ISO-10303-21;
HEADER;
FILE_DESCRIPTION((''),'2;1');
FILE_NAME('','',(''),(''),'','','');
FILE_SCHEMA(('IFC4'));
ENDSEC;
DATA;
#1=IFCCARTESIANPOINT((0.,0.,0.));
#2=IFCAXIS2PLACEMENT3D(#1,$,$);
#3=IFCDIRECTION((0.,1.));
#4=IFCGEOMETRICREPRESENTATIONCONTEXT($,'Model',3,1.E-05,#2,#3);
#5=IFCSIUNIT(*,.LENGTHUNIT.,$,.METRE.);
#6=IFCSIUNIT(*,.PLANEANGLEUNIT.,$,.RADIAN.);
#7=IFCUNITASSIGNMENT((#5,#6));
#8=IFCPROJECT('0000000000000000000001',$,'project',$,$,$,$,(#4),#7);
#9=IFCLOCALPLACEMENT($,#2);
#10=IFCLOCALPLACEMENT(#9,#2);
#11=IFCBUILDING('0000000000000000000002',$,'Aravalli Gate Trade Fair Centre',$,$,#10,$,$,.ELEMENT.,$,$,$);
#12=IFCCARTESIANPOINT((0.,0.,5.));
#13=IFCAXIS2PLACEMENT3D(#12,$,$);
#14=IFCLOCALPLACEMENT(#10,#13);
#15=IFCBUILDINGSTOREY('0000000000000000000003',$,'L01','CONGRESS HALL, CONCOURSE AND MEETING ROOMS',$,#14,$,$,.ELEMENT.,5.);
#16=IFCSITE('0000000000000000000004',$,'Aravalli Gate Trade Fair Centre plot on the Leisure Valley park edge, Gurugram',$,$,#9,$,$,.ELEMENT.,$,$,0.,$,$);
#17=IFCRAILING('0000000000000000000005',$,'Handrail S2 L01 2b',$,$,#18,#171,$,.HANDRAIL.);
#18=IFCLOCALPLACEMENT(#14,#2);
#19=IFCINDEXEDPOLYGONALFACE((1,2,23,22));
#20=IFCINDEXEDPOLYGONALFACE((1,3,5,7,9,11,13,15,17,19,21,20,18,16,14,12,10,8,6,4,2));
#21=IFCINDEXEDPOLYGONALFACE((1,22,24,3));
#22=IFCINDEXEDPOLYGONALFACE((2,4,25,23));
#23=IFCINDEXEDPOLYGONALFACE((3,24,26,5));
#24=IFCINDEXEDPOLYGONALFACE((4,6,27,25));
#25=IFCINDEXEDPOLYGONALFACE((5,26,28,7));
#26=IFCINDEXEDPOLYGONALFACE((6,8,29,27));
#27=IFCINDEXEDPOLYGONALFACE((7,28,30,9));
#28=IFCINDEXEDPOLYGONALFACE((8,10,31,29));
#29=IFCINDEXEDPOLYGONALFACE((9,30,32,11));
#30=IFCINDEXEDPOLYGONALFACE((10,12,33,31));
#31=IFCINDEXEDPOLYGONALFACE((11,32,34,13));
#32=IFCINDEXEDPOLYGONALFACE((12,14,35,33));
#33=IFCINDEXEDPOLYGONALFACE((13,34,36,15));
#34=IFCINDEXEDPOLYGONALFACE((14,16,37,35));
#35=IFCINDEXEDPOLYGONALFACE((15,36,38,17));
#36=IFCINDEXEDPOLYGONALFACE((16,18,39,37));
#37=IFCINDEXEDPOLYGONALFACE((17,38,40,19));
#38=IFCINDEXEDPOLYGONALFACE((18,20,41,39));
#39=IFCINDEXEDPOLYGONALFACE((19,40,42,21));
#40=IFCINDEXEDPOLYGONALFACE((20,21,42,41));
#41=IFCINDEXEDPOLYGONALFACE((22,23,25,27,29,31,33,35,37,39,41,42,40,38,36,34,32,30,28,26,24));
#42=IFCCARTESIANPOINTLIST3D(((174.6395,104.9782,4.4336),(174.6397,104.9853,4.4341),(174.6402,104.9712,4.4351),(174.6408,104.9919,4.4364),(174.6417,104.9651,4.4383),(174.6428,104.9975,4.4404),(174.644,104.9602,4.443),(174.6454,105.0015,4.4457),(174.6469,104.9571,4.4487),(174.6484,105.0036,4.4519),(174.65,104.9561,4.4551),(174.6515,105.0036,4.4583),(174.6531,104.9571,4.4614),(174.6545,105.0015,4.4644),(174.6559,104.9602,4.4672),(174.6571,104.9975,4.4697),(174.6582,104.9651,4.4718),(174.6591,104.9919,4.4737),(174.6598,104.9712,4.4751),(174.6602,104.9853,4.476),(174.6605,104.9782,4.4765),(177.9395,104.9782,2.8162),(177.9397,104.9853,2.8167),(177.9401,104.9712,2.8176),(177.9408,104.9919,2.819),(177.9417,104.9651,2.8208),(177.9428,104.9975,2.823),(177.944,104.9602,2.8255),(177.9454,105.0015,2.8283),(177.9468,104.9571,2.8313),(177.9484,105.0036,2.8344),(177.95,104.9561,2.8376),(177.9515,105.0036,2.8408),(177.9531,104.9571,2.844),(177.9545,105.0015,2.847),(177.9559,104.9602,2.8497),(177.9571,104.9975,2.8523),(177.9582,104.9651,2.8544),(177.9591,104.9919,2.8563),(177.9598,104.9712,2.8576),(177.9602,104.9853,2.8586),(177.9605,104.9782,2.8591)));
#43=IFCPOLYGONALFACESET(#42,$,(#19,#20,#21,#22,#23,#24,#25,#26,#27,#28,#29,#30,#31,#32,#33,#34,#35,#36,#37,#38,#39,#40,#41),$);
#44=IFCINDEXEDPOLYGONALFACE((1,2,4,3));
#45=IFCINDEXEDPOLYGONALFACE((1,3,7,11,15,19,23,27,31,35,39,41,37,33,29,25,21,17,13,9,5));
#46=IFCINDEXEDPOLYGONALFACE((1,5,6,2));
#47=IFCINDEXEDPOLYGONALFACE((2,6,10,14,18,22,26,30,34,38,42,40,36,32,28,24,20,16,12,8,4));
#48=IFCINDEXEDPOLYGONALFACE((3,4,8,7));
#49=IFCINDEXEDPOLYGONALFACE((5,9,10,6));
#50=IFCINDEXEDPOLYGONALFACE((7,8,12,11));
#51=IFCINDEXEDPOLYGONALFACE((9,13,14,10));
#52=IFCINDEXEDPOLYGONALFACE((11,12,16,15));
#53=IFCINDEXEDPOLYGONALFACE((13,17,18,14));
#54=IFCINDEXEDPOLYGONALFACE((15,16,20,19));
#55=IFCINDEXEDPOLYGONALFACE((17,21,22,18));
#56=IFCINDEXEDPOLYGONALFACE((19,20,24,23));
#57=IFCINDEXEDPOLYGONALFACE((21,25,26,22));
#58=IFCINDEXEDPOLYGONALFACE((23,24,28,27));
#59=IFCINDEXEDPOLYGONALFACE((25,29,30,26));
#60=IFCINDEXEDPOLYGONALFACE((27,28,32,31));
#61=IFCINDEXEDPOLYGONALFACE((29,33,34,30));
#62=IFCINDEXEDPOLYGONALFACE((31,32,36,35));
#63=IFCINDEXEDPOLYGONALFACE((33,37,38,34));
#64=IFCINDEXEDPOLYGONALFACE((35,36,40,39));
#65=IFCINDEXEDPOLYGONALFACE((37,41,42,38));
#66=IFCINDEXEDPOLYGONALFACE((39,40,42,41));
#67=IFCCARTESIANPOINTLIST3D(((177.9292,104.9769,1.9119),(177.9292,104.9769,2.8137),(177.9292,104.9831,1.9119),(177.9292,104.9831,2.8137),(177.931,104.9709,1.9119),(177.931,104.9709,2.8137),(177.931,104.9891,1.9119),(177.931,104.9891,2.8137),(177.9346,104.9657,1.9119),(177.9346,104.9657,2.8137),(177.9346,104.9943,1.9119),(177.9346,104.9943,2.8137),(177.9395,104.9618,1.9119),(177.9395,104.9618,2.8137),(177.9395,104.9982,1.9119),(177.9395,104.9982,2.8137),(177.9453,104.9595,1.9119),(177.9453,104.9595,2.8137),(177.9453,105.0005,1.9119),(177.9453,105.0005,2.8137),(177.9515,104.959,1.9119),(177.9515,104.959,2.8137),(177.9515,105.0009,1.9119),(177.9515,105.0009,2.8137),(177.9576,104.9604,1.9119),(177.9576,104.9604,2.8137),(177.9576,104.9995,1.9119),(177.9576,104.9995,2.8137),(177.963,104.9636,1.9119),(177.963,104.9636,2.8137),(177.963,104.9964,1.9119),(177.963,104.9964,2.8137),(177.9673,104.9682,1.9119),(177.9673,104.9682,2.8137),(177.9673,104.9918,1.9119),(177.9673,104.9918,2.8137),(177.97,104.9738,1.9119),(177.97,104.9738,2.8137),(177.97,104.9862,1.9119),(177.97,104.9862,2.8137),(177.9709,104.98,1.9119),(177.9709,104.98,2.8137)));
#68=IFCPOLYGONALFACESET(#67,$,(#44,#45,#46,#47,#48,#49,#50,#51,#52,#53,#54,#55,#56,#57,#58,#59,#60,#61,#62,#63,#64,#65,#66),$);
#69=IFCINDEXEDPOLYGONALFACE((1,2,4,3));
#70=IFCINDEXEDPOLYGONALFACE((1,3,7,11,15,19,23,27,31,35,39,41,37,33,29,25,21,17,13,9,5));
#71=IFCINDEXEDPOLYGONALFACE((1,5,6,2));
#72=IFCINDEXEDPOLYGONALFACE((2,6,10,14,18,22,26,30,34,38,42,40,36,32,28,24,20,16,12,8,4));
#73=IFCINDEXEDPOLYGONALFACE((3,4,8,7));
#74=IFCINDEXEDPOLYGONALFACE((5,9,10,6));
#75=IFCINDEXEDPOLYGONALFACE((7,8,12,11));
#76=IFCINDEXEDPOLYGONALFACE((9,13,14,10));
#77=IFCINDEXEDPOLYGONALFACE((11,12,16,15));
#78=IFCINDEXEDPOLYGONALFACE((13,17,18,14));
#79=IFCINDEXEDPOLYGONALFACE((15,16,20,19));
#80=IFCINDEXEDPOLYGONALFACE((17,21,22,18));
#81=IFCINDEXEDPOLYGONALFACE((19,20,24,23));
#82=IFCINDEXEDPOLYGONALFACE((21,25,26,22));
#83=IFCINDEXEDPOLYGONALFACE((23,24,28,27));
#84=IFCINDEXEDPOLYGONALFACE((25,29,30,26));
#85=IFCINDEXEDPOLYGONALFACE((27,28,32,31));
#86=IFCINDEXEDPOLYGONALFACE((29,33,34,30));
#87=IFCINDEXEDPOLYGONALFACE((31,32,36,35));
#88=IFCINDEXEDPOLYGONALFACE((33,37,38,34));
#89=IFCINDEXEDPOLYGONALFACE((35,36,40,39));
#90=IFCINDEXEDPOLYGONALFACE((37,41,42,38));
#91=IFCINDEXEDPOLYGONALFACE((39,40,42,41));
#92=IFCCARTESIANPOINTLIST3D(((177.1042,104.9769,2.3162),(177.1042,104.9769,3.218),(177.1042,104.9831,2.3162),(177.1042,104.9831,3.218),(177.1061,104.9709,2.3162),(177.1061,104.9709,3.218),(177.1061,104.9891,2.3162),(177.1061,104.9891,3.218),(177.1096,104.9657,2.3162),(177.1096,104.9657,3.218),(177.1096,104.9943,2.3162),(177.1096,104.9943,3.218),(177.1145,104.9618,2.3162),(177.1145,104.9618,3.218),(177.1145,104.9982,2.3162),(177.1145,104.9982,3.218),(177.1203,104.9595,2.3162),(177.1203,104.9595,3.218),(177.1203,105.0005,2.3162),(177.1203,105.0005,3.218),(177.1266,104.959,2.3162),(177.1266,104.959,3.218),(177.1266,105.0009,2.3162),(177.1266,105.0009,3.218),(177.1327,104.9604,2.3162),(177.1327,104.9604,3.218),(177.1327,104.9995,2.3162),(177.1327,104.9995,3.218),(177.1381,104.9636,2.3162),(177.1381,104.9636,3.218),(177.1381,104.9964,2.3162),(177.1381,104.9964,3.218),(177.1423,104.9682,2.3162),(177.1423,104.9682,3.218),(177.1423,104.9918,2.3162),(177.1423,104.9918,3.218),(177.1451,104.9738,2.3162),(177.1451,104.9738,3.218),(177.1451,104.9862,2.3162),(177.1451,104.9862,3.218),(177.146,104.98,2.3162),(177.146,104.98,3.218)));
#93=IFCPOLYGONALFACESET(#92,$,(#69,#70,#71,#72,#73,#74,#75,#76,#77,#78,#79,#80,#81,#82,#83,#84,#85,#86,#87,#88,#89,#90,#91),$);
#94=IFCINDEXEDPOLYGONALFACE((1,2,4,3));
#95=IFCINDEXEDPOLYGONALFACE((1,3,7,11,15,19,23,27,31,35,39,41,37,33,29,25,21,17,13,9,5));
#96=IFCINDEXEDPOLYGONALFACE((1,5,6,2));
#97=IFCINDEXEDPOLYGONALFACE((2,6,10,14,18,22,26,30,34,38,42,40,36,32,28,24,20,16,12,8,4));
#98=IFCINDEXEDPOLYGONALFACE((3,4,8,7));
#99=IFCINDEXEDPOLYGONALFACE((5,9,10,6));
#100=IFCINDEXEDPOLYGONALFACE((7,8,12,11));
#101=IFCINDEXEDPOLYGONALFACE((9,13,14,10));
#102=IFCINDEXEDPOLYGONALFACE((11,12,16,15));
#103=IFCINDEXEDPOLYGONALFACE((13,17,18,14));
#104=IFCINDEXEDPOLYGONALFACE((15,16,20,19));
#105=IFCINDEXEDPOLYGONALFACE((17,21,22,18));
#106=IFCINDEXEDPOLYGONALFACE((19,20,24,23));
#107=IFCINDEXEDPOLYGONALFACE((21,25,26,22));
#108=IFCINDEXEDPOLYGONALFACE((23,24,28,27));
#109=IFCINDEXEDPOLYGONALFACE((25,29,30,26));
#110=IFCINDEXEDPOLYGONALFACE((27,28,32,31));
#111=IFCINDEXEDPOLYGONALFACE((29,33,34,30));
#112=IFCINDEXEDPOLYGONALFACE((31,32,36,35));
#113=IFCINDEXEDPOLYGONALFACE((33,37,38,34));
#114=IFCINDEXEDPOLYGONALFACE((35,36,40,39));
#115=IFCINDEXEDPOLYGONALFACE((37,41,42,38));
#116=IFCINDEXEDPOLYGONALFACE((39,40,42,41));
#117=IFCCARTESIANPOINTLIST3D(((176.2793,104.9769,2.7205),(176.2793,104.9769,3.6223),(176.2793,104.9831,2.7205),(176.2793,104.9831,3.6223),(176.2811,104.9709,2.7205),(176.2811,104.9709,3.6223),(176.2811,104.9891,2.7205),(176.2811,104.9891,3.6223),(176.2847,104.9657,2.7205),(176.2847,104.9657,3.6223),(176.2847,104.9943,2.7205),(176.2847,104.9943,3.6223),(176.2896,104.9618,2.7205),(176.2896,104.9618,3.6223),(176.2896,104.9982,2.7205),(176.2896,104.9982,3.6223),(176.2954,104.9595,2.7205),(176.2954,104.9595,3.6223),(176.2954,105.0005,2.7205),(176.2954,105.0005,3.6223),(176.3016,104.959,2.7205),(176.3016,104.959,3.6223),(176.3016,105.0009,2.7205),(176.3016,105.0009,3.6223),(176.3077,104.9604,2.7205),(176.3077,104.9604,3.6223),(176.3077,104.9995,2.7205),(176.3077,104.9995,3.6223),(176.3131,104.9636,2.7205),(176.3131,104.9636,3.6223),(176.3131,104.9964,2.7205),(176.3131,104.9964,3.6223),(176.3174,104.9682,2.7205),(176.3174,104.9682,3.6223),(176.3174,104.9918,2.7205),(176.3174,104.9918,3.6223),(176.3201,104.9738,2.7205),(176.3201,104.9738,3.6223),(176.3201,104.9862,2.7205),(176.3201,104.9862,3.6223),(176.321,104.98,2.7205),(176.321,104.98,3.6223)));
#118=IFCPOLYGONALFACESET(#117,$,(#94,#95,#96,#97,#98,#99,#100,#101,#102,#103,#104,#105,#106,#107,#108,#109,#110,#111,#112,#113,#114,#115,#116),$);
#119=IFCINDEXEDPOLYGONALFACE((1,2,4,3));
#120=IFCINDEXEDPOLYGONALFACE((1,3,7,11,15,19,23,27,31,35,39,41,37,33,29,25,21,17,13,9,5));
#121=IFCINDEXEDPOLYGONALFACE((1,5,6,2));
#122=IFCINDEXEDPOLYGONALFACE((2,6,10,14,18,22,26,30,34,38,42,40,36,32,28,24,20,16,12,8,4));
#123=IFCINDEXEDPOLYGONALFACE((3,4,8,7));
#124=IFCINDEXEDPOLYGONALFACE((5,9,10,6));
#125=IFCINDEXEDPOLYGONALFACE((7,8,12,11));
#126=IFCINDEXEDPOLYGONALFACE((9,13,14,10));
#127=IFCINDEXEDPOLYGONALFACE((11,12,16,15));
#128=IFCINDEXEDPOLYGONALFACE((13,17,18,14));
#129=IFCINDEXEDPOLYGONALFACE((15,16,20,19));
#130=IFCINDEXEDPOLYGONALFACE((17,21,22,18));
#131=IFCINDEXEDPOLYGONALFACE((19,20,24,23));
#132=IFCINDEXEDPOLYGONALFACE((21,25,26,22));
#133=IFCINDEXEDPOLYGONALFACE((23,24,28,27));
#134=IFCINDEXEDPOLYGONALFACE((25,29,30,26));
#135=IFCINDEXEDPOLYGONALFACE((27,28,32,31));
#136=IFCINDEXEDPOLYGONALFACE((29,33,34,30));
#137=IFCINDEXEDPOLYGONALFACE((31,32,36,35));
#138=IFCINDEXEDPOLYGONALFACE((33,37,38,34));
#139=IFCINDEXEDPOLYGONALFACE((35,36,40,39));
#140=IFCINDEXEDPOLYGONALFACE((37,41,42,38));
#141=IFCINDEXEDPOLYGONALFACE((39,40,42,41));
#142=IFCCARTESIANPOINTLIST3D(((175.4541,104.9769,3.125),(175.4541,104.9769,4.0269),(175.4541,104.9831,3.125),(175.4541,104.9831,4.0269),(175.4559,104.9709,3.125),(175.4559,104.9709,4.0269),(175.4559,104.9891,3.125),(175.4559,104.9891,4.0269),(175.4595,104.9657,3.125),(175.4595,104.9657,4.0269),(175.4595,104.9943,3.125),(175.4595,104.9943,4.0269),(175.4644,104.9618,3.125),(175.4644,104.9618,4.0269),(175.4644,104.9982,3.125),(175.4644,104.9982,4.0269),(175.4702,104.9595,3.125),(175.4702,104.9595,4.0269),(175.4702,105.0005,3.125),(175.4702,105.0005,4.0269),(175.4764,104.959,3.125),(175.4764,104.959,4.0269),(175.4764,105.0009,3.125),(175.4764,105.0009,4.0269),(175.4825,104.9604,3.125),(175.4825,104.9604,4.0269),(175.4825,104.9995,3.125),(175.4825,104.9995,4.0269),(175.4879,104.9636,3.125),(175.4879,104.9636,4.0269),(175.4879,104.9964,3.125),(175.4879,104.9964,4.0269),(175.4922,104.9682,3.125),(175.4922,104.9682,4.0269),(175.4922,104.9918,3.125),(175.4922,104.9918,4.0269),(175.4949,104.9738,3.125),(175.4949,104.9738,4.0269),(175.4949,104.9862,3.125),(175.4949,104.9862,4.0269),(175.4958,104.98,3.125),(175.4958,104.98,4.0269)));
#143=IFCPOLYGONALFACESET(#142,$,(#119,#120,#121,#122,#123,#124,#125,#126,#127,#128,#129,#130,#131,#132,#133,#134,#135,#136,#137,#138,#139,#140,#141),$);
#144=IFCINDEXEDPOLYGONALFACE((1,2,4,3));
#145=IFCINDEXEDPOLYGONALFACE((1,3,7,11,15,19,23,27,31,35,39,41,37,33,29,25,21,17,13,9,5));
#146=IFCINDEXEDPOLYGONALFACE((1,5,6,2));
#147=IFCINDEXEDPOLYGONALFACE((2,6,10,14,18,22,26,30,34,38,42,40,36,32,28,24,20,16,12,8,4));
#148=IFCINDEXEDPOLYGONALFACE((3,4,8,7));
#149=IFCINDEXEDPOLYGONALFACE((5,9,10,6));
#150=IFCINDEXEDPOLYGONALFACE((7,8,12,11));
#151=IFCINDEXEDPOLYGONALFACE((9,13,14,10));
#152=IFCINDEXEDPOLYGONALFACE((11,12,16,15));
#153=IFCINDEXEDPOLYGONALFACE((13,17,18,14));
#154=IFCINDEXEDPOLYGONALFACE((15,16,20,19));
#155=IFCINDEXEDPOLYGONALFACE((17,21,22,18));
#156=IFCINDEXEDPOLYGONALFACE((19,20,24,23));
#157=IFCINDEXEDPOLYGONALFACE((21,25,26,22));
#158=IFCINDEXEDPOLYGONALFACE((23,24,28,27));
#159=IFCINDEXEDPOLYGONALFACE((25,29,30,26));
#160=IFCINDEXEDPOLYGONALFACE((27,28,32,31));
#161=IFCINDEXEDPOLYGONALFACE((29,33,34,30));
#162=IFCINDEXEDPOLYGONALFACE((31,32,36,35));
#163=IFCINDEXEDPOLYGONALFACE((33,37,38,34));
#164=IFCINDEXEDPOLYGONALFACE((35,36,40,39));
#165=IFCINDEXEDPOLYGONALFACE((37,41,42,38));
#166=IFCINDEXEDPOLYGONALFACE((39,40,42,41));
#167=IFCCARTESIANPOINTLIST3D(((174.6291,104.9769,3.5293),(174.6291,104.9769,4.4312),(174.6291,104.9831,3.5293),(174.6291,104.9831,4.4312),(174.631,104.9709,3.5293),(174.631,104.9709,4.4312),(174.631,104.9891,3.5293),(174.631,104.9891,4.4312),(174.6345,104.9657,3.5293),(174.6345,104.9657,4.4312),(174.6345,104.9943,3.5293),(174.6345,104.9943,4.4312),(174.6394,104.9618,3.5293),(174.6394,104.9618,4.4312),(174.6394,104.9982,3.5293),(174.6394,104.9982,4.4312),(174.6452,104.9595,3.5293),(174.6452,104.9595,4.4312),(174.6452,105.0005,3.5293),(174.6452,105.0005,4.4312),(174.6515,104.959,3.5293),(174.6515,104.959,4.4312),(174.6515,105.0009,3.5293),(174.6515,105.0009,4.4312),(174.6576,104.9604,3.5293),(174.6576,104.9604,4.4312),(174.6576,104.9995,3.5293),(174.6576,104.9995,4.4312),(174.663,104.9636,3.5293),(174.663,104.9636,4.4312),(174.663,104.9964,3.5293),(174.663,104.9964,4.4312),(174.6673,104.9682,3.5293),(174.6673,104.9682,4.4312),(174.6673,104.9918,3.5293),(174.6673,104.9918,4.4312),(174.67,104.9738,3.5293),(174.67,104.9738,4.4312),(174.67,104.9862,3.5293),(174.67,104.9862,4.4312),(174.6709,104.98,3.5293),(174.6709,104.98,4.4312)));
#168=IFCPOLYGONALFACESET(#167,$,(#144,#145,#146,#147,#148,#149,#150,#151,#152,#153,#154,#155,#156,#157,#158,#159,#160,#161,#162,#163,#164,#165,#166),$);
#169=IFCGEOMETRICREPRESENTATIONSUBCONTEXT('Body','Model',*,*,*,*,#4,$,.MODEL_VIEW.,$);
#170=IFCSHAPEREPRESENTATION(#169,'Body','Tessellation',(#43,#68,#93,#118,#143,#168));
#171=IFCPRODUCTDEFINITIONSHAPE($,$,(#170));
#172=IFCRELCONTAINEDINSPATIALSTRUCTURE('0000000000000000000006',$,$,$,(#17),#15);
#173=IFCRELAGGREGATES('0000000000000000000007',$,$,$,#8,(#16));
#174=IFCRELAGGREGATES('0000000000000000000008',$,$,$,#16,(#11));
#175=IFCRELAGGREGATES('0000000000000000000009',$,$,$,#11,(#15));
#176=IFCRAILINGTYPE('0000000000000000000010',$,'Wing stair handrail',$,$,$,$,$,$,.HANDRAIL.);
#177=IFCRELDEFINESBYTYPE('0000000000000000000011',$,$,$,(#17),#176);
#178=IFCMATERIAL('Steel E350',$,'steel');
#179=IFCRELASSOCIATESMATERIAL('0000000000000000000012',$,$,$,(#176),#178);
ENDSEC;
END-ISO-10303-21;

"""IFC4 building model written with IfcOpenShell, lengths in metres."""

from ifc_helpers import new_model, si_unit, direction, frame, origin, origin_2d, place, context, subcontext, project, spatial, circle, extrude, material, type_object, element, save


model = new_model("IFC4")

# Units and contexts
model_context = context("Model", 3, precision=1e-05, world=origin(), true_north=direction((0.0, 1.0)))
body_context = subcontext(model_context, "Body", "Model", "MODEL_VIEW")
ifc_project = project(units=[si_unit("LENGTHUNIT", "METRE"), si_unit("PLANEANGLEUNIT", "RADIAN")], contexts=[model_context])

# Site, building, storey
site_placement = place(None, origin())
site = spatial("IfcSite", under=ifc_project, at=site_placement, Name="Aravalli Gate Trade Fair Centre plot on the Leisure Valley park edge, Gurugram", CompositionType="ELEMENT", RefElevation=0.0)
building_placement = place(site_placement, origin())
building = spatial("IfcBuilding", under=site, at=building_placement, Name="Aravalli Gate Trade Fair Centre", CompositionType="ELEMENT")
storey_placement = place(building_placement, frame((0.0, 0.0, 5.0)))
storey = spatial("IfcBuildingStorey", under=building, at=storey_placement, Name="L01", Description="CONGRESS HALL, CONCOURSE AND MEETING ROOMS", CompositionType="ELEMENT", Elevation=5.0)

# Railing
ifc_material_1 = material(Name="Steel E350", Category="steel")
railing_type_1 = type_object("IfcRailingType", Name="Wing stair handrail", PredefinedType="HANDRAIL", material=ifc_material_1)
for number, where, name in (
    (1, (177.95, 104.98, 1.9119), "Handrail S2 L01 2b"),
):
    element("IfcRailing", number, at=place(storey_placement, frame(where)), inside=storey, type_object=railing_type_1, Name=name, PredefinedType="HANDRAIL", context=body_context, shape_type="SweptSolid", body=[
        extrude(circle(Radius=0.0239, at=origin_2d()), frame((0.0, 0.0, 0.9258), z_axis=(-0.897946, 0.0, 0.440105), x_axis=(0.0, -1.0, 0.0)), (0.0, 0.0, 1.0), 3.675),
        extrude(circle(Radius=0.021, at=origin_2d()), origin(), (0.0, 0.0, 1.0), 0.9019),
        extrude(circle(Radius=0.021, at=origin_2d()), frame((-0.825, 0.0, 0.4043)), (0.0, 0.0, 1.0), 0.9019),
        extrude(circle(Radius=0.021, at=origin_2d()), frame((-1.6499, 0.0, 0.8086)), (0.0, 0.0, 1.0), 0.9019),
        extrude(circle(Radius=0.021, at=origin_2d()), frame((-2.4751, 0.0, 1.2131)), (0.0, 0.0, 1.0), 0.9019),
        extrude(circle(Radius=0.021, at=origin_2d()), frame((-3.3, 0.0, 1.6174)), (0.0, 0.0, 1.0), 0.9019),
    ])

save(model, "model.ifc")
